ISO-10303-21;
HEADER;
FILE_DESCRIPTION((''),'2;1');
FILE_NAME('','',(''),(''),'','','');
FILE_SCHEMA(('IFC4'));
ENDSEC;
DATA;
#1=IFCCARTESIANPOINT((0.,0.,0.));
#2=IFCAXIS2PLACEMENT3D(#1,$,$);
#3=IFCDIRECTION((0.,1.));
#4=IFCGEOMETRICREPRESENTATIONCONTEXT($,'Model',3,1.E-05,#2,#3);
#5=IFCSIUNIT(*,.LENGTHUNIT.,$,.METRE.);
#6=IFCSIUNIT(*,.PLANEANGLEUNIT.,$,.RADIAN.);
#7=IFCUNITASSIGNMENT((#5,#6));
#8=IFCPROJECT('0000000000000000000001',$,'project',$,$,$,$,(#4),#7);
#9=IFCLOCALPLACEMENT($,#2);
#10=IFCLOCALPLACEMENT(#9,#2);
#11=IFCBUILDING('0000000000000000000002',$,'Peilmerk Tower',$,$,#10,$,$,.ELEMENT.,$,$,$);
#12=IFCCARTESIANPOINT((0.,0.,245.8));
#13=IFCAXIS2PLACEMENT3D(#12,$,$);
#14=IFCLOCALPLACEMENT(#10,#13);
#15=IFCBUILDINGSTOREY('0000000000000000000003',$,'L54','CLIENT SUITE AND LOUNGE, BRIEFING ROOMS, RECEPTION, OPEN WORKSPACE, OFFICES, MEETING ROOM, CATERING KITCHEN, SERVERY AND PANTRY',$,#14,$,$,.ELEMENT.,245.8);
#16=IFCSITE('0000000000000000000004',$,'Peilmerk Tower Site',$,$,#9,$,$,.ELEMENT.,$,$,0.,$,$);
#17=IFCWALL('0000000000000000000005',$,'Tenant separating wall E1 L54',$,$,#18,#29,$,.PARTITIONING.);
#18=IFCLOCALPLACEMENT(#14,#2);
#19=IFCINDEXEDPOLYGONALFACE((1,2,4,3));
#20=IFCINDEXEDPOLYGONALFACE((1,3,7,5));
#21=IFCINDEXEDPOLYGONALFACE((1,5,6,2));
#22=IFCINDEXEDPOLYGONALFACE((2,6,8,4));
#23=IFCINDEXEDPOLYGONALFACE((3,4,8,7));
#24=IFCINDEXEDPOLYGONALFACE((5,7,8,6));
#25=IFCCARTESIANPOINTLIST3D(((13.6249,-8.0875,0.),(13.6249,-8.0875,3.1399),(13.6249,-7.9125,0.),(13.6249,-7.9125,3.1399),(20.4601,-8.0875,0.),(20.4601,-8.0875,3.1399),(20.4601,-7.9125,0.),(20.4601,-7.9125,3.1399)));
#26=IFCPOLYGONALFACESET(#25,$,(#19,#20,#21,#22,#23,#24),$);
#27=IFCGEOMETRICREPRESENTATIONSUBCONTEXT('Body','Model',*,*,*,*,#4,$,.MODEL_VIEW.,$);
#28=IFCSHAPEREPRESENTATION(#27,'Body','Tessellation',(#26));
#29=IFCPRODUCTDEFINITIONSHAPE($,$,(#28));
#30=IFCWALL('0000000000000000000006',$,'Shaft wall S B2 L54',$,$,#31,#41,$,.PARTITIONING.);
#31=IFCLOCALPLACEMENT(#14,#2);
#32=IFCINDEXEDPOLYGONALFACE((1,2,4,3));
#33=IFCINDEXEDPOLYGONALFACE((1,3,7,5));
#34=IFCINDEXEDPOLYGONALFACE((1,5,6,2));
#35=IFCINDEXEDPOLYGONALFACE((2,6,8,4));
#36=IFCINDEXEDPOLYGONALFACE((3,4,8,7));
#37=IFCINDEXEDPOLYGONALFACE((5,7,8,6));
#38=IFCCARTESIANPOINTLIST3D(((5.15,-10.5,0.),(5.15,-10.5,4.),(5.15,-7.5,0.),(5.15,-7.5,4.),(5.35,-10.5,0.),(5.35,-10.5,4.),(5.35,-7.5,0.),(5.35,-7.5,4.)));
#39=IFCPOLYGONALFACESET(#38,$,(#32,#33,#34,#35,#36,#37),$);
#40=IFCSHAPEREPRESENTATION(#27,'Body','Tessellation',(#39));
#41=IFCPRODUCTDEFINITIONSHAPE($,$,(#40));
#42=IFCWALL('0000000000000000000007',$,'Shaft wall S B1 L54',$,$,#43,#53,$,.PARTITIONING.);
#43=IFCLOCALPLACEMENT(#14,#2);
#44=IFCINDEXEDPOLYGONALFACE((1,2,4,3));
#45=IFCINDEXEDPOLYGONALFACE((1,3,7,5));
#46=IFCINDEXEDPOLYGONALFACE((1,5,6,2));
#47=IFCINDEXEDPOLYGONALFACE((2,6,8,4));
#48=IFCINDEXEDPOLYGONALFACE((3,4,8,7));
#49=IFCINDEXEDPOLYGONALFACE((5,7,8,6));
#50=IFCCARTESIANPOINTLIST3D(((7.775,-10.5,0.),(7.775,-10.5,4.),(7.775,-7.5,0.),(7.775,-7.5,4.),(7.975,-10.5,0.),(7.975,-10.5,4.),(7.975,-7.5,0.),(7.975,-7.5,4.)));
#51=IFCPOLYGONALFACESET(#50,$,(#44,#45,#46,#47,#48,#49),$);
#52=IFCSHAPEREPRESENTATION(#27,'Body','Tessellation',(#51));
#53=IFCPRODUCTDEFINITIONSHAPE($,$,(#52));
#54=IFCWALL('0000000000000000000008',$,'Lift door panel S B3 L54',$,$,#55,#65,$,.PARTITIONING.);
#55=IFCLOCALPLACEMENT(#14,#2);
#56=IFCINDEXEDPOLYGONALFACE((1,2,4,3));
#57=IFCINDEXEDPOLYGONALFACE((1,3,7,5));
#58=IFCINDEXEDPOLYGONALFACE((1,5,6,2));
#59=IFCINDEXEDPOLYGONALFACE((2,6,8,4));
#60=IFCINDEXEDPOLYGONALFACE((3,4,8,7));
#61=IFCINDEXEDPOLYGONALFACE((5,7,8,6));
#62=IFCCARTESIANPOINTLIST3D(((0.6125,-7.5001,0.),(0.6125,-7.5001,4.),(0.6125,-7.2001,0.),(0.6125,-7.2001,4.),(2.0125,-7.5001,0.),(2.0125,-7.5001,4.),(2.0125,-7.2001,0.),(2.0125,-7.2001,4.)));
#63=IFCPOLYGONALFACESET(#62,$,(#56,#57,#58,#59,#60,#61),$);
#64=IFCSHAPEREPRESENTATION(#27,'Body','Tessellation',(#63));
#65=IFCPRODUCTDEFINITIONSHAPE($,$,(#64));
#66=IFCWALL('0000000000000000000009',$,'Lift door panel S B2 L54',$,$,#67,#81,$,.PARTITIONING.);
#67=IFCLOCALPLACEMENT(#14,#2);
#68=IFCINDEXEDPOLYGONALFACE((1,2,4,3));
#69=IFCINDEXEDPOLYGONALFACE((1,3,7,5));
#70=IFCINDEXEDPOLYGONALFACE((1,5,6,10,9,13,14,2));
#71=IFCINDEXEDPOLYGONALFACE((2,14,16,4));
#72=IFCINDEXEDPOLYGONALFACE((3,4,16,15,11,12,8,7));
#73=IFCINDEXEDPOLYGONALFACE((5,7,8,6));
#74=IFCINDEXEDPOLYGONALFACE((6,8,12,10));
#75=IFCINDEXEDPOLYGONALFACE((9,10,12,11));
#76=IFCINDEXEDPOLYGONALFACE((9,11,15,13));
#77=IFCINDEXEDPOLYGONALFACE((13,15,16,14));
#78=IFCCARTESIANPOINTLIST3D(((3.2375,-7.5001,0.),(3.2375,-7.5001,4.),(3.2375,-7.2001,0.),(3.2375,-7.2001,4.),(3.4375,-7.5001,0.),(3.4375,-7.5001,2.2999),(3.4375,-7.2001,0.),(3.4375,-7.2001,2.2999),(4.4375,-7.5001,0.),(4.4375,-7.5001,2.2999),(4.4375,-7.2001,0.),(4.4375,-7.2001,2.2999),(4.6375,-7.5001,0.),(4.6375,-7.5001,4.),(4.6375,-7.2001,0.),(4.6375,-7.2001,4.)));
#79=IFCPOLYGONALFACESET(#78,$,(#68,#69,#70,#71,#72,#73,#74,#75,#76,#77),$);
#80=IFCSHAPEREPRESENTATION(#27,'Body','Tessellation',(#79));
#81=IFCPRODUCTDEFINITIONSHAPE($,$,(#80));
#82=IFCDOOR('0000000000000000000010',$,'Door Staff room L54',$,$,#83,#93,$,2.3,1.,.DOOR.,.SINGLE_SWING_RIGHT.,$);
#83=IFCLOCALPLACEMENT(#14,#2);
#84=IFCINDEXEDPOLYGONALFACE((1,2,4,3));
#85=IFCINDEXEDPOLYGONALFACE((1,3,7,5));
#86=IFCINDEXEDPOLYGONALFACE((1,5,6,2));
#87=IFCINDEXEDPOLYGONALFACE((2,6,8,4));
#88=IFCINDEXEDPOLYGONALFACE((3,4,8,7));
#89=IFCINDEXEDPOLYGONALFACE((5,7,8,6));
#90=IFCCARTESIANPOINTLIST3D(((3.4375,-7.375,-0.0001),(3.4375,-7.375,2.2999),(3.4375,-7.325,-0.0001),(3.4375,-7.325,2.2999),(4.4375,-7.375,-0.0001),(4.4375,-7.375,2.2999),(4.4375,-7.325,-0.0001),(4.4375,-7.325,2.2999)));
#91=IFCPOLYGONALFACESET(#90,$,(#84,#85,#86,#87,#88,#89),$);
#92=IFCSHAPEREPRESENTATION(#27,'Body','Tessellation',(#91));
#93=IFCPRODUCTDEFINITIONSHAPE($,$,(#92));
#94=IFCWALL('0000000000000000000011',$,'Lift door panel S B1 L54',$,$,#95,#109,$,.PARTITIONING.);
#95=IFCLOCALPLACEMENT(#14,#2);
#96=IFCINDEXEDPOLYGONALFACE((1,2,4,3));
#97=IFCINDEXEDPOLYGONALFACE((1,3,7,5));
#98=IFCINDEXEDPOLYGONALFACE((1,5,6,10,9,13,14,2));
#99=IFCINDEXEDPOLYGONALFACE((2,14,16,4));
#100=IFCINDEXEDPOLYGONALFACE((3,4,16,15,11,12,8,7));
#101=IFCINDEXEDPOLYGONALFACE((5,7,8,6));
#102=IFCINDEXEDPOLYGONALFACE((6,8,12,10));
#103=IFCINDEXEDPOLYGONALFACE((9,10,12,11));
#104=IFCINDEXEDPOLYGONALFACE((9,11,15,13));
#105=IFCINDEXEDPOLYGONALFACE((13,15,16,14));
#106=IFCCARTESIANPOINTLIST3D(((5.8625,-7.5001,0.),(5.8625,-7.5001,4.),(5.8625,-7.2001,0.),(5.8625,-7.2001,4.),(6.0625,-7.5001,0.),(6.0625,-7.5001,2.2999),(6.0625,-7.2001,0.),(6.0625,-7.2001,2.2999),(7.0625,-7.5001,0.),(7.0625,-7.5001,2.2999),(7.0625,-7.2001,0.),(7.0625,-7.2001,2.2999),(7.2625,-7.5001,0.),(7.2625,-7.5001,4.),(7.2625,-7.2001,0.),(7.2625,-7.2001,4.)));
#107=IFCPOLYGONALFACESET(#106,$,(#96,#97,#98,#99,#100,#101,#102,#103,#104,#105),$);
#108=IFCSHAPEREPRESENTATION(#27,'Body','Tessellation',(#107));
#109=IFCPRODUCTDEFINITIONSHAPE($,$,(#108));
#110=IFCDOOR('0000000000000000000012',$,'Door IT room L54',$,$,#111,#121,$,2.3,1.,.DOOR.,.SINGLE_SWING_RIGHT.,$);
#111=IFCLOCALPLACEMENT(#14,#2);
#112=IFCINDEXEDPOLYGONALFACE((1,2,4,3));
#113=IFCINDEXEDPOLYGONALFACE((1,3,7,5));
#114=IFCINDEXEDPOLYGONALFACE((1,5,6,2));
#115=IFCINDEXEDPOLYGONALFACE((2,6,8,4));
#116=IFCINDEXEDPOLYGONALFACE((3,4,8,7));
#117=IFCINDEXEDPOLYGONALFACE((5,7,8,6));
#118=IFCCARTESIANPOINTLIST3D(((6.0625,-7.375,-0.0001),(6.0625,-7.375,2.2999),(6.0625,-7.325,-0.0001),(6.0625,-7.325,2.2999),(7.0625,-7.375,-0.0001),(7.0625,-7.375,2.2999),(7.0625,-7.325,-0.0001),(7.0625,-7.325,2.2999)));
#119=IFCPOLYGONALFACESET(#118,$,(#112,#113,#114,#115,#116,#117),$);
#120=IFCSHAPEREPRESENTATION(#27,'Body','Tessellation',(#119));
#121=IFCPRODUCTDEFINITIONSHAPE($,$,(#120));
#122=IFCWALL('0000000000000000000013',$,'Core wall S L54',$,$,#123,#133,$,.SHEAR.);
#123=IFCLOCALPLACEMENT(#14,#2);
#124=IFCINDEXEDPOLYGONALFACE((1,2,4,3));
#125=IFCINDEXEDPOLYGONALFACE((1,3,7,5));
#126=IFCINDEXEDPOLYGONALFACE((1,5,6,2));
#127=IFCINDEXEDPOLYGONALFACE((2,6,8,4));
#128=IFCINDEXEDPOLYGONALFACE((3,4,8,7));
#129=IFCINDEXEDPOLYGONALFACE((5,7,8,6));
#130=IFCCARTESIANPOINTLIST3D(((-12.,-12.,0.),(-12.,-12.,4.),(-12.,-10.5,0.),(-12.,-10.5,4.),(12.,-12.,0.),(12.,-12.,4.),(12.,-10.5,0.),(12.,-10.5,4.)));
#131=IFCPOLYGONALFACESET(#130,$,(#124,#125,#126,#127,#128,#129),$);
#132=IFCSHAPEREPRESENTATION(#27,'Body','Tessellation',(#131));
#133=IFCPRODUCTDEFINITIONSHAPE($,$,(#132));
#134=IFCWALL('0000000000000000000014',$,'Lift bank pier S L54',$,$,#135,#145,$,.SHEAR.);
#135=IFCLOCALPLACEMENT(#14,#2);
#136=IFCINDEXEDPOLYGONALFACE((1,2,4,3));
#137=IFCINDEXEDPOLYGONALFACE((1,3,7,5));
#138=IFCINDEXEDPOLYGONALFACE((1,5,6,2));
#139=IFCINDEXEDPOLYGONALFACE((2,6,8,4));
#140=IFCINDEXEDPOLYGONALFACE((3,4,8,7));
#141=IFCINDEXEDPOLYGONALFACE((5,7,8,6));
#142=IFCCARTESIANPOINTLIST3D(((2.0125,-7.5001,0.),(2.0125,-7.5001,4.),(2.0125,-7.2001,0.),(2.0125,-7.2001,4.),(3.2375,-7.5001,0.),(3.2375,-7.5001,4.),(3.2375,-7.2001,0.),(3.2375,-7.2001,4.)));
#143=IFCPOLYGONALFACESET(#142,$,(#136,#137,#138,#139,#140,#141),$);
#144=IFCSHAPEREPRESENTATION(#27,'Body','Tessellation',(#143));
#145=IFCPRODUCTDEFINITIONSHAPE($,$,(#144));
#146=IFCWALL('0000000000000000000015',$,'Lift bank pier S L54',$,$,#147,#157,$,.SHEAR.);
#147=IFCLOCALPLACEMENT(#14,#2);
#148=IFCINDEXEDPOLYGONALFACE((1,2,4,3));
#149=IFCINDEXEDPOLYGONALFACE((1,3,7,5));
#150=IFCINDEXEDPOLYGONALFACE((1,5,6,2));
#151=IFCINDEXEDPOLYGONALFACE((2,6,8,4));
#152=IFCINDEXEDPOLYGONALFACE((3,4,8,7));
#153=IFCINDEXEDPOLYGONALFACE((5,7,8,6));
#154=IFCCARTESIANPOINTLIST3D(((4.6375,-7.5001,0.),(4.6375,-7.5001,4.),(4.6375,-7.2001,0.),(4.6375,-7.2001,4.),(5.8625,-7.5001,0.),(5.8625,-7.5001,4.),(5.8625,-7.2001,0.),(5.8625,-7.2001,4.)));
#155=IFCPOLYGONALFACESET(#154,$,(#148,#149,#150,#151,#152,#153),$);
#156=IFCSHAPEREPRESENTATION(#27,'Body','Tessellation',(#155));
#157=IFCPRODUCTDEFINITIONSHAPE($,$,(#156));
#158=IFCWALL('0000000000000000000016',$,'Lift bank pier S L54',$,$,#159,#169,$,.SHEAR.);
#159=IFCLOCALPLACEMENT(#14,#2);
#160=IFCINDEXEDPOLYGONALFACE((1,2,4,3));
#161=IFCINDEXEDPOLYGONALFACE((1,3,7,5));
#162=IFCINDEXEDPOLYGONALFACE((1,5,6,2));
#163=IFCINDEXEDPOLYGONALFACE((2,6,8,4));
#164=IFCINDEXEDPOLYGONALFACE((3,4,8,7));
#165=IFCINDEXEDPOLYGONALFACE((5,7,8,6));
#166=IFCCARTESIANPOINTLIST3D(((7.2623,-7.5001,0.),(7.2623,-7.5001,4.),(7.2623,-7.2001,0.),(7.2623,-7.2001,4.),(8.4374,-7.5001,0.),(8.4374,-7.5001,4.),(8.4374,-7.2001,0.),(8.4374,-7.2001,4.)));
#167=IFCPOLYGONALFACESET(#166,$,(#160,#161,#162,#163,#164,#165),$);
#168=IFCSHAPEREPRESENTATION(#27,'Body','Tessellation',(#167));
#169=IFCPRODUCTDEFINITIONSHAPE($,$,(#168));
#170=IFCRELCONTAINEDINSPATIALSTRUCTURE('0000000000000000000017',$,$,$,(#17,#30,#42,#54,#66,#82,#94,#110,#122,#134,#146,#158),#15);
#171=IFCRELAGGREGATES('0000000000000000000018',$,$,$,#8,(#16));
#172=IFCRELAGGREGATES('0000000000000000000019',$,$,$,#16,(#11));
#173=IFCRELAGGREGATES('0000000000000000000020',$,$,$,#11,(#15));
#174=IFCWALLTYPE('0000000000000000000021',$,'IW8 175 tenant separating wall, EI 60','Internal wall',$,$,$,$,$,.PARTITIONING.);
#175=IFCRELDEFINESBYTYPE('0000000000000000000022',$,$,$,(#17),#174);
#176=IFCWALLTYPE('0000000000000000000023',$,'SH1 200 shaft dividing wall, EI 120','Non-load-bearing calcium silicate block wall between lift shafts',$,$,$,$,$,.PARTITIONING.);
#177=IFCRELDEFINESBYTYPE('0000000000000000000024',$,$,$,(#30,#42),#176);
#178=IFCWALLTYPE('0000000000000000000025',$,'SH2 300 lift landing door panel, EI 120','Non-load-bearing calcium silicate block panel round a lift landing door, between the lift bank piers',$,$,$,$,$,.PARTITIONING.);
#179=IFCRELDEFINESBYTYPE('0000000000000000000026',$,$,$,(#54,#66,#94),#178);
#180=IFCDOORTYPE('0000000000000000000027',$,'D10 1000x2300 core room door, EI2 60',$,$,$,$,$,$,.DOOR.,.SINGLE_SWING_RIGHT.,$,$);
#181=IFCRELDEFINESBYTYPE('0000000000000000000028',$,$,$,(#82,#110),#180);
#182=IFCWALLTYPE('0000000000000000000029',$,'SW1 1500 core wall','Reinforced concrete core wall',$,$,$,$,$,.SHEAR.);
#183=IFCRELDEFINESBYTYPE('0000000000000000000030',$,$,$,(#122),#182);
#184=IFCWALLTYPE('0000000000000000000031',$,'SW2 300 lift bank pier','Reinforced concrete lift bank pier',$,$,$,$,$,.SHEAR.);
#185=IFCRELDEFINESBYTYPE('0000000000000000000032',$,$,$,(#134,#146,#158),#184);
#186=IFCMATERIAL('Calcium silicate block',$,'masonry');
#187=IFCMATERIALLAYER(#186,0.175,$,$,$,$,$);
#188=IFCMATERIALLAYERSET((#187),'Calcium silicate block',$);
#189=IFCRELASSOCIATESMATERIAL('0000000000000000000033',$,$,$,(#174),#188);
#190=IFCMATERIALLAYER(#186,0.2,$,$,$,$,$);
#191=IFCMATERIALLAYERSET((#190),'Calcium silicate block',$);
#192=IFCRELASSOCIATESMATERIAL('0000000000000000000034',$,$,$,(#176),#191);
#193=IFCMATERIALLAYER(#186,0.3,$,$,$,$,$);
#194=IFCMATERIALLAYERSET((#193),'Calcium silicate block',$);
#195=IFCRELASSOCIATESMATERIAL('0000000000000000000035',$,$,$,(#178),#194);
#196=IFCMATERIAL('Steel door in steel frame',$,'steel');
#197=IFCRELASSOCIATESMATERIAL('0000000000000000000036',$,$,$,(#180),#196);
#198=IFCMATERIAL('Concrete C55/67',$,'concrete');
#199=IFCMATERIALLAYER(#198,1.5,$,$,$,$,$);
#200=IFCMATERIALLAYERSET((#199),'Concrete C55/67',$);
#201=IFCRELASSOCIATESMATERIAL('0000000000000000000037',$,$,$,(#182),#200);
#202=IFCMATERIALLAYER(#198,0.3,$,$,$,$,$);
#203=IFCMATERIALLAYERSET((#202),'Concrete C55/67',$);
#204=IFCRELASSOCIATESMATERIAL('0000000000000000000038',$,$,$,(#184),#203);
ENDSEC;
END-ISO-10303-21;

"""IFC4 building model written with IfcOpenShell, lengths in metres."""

from ifc_helpers import new_model, si_unit, direction, frame, frame_2d, origin, place, context, subcontext, project, spatial, rectangle, extrude, material, layer, layer_set, type_object, element, fill, save


model = new_model("IFC4")

# Units and contexts
model_context = context("Model", 3, precision=1e-05, world=origin(), true_north=direction((0.0, 1.0)))
body_context = subcontext(model_context, "Body", "Model", "MODEL_VIEW")
ifc_project = project(units=[si_unit("LENGTHUNIT", "METRE"), si_unit("PLANEANGLEUNIT", "RADIAN")], contexts=[model_context])

# Site, building, storey
site_placement = place(None, origin())
site = spatial("IfcSite", under=ifc_project, at=site_placement, Name="Peilmerk Tower Site", CompositionType="ELEMENT", RefElevation=0.0)
building_placement = place(site_placement, origin())
building = spatial("IfcBuilding", under=site, at=building_placement, Name="Peilmerk Tower", CompositionType="ELEMENT")
storey_placement = place(building_placement, frame((0.0, 0.0, 245.8)))
storey = spatial("IfcBuildingStorey", under=building, at=storey_placement, Name="L54", Description="CLIENT SUITE AND LOUNGE, BRIEFING ROOMS, RECEPTION, OPEN WORKSPACE, OFFICES, MEETING ROOM, CATERING KITCHEN, SERVERY AND PANTRY", CompositionType="ELEMENT", Elevation=245.8)

# Shared definitions
ifc_material_1 = material(Name="Calcium silicate block", Category="masonry")

# Walls
ifc_layer_1 = layer(ifc_material_1, 0.175)
ifc_layer_set_1 = layer_set([ifc_layer_1], Name="Calcium silicate block")
wall_type_1 = type_object("IfcWallType", Name="IW8 175 tenant separating wall, EI 60", Description="Internal wall", PredefinedType="PARTITIONING", material=ifc_layer_set_1)
wall_1_placement = place(storey_placement, frame((13.625, -8.0, 0.0), z_axis=(0.0, 0.0, 1.0), x_axis=(1.0, 0.0, 0.0)))
element("IfcWall", 1, at=wall_1_placement, inside=storey, type_object=wall_type_1, Name="Tenant separating wall E1 L54", PredefinedType="PARTITIONING", context=body_context, shape_type="SweptSolid", body=[
    extrude(rectangle(XDim=6.8352, YDim=0.175, at=frame_2d((3.4175, 0.0))), origin(), (0.0, 0.0, 1.0), 3.1399),
])
ifc_layer_2 = layer(ifc_material_1, 0.2)
ifc_layer_set_2 = layer_set([ifc_layer_2], Name="Calcium silicate block")
wall_type_2 = type_object("IfcWallType", Name="SH1 200 shaft dividing wall, EI 120", Description="Non-load-bearing calcium silicate block wall between lift shafts", PredefinedType="PARTITIONING", material=ifc_layer_set_2)
for number, where, z_axis, x_axis, name in (
    (2, (5.25, -10.5, 0.0), (0.0, 0.0, 1.0), (0.0, 1.0, 0.0), "Shaft wall S B2 L54"),
    (3, (7.875, -10.5, 0.0), (0.0, 0.0, 1.0), (0.0, 1.0, 0.0), "Shaft wall S B1 L54"),
):
    element("IfcWall", number, at=place(storey_placement, frame(where, z_axis=z_axis, x_axis=x_axis)), inside=storey, type_object=wall_type_2, Name=name, PredefinedType="PARTITIONING", context=body_context, shape_type="SweptSolid", body=[
        extrude(rectangle(XDim=3.0, YDim=0.2, at=frame_2d((1.5, 0.0))), origin(), (0.0, 0.0, 1.0), 4.0),
    ])
ifc_layer_3 = layer(ifc_material_1, 0.3)
ifc_layer_set_3 = layer_set([ifc_layer_3], Name="Calcium silicate block")
wall_type_3 = type_object("IfcWallType", Name="SH2 300 lift landing door panel, EI 120", Description="Non-load-bearing calcium silicate block panel round a lift landing door, between the lift bank piers", PredefinedType="PARTITIONING", material=ifc_layer_set_3)
wall_2_placement = place(storey_placement, frame((0.6125, -7.3501, 0.0), z_axis=(0.0, 0.0, 1.0), x_axis=(1.0, 0.0, 0.0)))
element("IfcWall", 4, at=wall_2_placement, inside=storey, type_object=wall_type_3, Name="Lift door panel S B3 L54", PredefinedType="PARTITIONING", context=body_context, shape_type="SweptSolid", body=[
    extrude(rectangle(XDim=1.3999, YDim=0.3, at=frame_2d((0.7, 0.0))), origin(), (0.0, 0.0, 1.0), 4.0),
])

# Walls, openings, doors
wall_3_placement = place(storey_placement, frame((3.2375, -7.3501, 0.0), z_axis=(0.0, 0.0, 1.0), x_axis=(1.0, 0.0, 0.0)))
wall_3 = element("IfcWall", 5, at=wall_3_placement, inside=storey, type_object=wall_type_3, Name="Lift door panel S B2 L54", PredefinedType="PARTITIONING", context=body_context, shape_type="SweptSolid", body=[
    extrude(rectangle(XDim=1.3999, YDim=0.3, at=frame_2d((0.7, 0.0))), origin(), (0.0, 0.0, 1.0), 4.0),
])
opening_1_placement = place(wall_3_placement, frame((0.2, 0.0, 0.0)))
opening_1 = element("IfcOpeningElement", 6, at=opening_1_placement, cuts=wall_3, PredefinedType="OPENING", context=body_context, shape_type="SweptSolid", body=[
    extrude(rectangle(XDim=1.0, YDim=2.3, at=frame_2d((0.5, 1.1499))), frame((0.0, 0.1599, 0.0), z_axis=(0.0, -1.0, 0.0), x_axis=(1.0, 0.0, 0.0)), (0.0, 0.0, 1.0), 0.3201),
])
ifc_material_2 = material(Name="Steel door in steel frame", Category="steel")
door_type_1 = type_object("IfcDoorType", Name="D10 1000x2300 core room door, EI2 60", OperationType="SINGLE_SWING_RIGHT", PredefinedType="DOOR", material=ifc_material_2)
door_1_placement = place(opening_1_placement, frame((1.0, 0.0, 0.0), z_axis=(0.0, 0.0, 1.0), x_axis=(-1.0, 0.0, 0.0)))
door_1 = element("IfcDoor", 7, at=door_1_placement, inside=storey, type_object=door_type_1, Name="Door Staff room L54", OperationType="SINGLE_SWING_RIGHT", OverallHeight=2.3, OverallWidth=1.0, PredefinedType="DOOR", context=body_context, shape_type="SweptSolid", body=[
    extrude(rectangle(XDim=1.0, YDim=2.3, at=frame_2d((0.5, 1.1499))), frame((0.0, 0.0249, 0.0), z_axis=(0.0, -1.0, 0.0), x_axis=(1.0, 0.0, 0.0)), (0.0, 0.0, 1.0), 0.05),
])
fill(opening_1, door_1)
wall_4_placement = place(storey_placement, frame((5.8625, -7.3501, 0.0), z_axis=(0.0, 0.0, 1.0), x_axis=(1.0, 0.0, 0.0)))
wall_4 = element("IfcWall", 8, at=wall_4_placement, inside=storey, type_object=wall_type_3, Name="Lift door panel S B1 L54", PredefinedType="PARTITIONING", context=body_context, shape_type="SweptSolid", body=[
    extrude(rectangle(XDim=1.3999, YDim=0.3, at=frame_2d((0.7, 0.0))), origin(), (0.0, 0.0, 1.0), 4.0),
])
opening_2_placement = place(wall_4_placement, frame((0.2, 0.0, 0.0)))
opening_2 = element("IfcOpeningElement", 9, at=opening_2_placement, cuts=wall_4, PredefinedType="OPENING", context=body_context, shape_type="SweptSolid", body=[
    extrude(rectangle(XDim=1.0, YDim=2.3, at=frame_2d((0.5, 1.1499))), frame((0.0, 0.1599, 0.0), z_axis=(0.0, -1.0, 0.0), x_axis=(1.0, 0.0, 0.0)), (0.0, 0.0, 1.0), 0.3201),
])
door_2_placement = place(opening_2_placement, frame((1.0, 0.0, 0.0), z_axis=(0.0, 0.0, 1.0), x_axis=(-1.0, 0.0, 0.0)))
door_2 = element("IfcDoor", 10, at=door_2_placement, inside=storey, type_object=door_type_1, Name="Door IT room L54", OperationType="SINGLE_SWING_RIGHT", OverallHeight=2.3, OverallWidth=1.0, PredefinedType="DOOR", context=body_context, shape_type="SweptSolid", body=[
    extrude(rectangle(XDim=1.0, YDim=2.3, at=frame_2d((0.5, 1.1499))), frame((0.0, 0.0249, 0.0), z_axis=(0.0, -1.0, 0.0), x_axis=(1.0, 0.0, 0.0)), (0.0, 0.0, 1.0), 0.05),
])
fill(opening_2, door_2)

# Walls
ifc_material_3 = material(Name="Concrete C55/67", Category="concrete")
ifc_layer_4 = layer(ifc_material_3, 1.5)
ifc_layer_set_4 = layer_set([ifc_layer_4], Name="Concrete C55/67")
wall_type_4 = type_object("IfcWallType", Name="SW1 1500 core wall", Description="Reinforced concrete core wall", PredefinedType="SHEAR", material=ifc_layer_set_4)
wall_5_placement = place(storey_placement, frame((12.0, -11.25, 0.0), z_axis=(0.0, 0.0, 1.0), x_axis=(-1.0, 0.0, 0.0)))
element("IfcWall", 11, at=wall_5_placement, inside=storey, type_object=wall_type_4, Name="Core wall S L54", PredefinedType="SHEAR", context=body_context, shape_type="SweptSolid", body=[
    extrude(rectangle(XDim=24.0, YDim=1.5, at=frame_2d((12.0, 0.0))), origin(), (0.0, 0.0, 1.0), 4.0),
])
ifc_layer_5 = layer(ifc_material_3, 0.3)
ifc_layer_set_5 = layer_set([ifc_layer_5], Name="Concrete C55/67")
wall_type_5 = type_object("IfcWallType", Name="SW2 300 lift bank pier", Description="Reinforced concrete lift bank pier", PredefinedType="SHEAR", material=ifc_layer_set_5)
for number, where, z_axis, x_axis, name in (
    (12, (2.0125, -7.3501, 0.0), (0.0, 0.0, 1.0), (1.0, 0.0, 0.0), "Lift bank pier S L54"),
    (13, (4.6375, -7.3501, 0.0), (0.0, 0.0, 1.0), (1.0, 0.0, 0.0), "Lift bank pier S L54"),
):
    element("IfcWall", number, at=place(storey_placement, frame(where, z_axis=z_axis, x_axis=x_axis)), inside=storey, type_object=wall_type_5, Name=name, PredefinedType="SHEAR", context=body_context, shape_type="SweptSolid", body=[
        extrude(rectangle(XDim=1.2251, YDim=0.3, at=frame_2d((0.6125, 0.0))), origin(), (0.0, 0.0, 1.0), 4.0),
    ])
wall_6_placement = place(storey_placement, frame((7.2625, -7.3501, 0.0), z_axis=(0.0, 0.0, 1.0), x_axis=(1.0, 0.0, 0.0)))
element("IfcWall", 14, at=wall_6_placement, inside=storey, type_object=wall_type_5, Name="Lift bank pier S L54", PredefinedType="SHEAR", context=body_context, shape_type="SweptSolid", body=[
    extrude(rectangle(XDim=1.175, YDim=0.3, at=frame_2d((0.5874, 0.0))), origin(), (0.0, 0.0, 1.0), 4.0),
])

save(model, "model.ifc")
